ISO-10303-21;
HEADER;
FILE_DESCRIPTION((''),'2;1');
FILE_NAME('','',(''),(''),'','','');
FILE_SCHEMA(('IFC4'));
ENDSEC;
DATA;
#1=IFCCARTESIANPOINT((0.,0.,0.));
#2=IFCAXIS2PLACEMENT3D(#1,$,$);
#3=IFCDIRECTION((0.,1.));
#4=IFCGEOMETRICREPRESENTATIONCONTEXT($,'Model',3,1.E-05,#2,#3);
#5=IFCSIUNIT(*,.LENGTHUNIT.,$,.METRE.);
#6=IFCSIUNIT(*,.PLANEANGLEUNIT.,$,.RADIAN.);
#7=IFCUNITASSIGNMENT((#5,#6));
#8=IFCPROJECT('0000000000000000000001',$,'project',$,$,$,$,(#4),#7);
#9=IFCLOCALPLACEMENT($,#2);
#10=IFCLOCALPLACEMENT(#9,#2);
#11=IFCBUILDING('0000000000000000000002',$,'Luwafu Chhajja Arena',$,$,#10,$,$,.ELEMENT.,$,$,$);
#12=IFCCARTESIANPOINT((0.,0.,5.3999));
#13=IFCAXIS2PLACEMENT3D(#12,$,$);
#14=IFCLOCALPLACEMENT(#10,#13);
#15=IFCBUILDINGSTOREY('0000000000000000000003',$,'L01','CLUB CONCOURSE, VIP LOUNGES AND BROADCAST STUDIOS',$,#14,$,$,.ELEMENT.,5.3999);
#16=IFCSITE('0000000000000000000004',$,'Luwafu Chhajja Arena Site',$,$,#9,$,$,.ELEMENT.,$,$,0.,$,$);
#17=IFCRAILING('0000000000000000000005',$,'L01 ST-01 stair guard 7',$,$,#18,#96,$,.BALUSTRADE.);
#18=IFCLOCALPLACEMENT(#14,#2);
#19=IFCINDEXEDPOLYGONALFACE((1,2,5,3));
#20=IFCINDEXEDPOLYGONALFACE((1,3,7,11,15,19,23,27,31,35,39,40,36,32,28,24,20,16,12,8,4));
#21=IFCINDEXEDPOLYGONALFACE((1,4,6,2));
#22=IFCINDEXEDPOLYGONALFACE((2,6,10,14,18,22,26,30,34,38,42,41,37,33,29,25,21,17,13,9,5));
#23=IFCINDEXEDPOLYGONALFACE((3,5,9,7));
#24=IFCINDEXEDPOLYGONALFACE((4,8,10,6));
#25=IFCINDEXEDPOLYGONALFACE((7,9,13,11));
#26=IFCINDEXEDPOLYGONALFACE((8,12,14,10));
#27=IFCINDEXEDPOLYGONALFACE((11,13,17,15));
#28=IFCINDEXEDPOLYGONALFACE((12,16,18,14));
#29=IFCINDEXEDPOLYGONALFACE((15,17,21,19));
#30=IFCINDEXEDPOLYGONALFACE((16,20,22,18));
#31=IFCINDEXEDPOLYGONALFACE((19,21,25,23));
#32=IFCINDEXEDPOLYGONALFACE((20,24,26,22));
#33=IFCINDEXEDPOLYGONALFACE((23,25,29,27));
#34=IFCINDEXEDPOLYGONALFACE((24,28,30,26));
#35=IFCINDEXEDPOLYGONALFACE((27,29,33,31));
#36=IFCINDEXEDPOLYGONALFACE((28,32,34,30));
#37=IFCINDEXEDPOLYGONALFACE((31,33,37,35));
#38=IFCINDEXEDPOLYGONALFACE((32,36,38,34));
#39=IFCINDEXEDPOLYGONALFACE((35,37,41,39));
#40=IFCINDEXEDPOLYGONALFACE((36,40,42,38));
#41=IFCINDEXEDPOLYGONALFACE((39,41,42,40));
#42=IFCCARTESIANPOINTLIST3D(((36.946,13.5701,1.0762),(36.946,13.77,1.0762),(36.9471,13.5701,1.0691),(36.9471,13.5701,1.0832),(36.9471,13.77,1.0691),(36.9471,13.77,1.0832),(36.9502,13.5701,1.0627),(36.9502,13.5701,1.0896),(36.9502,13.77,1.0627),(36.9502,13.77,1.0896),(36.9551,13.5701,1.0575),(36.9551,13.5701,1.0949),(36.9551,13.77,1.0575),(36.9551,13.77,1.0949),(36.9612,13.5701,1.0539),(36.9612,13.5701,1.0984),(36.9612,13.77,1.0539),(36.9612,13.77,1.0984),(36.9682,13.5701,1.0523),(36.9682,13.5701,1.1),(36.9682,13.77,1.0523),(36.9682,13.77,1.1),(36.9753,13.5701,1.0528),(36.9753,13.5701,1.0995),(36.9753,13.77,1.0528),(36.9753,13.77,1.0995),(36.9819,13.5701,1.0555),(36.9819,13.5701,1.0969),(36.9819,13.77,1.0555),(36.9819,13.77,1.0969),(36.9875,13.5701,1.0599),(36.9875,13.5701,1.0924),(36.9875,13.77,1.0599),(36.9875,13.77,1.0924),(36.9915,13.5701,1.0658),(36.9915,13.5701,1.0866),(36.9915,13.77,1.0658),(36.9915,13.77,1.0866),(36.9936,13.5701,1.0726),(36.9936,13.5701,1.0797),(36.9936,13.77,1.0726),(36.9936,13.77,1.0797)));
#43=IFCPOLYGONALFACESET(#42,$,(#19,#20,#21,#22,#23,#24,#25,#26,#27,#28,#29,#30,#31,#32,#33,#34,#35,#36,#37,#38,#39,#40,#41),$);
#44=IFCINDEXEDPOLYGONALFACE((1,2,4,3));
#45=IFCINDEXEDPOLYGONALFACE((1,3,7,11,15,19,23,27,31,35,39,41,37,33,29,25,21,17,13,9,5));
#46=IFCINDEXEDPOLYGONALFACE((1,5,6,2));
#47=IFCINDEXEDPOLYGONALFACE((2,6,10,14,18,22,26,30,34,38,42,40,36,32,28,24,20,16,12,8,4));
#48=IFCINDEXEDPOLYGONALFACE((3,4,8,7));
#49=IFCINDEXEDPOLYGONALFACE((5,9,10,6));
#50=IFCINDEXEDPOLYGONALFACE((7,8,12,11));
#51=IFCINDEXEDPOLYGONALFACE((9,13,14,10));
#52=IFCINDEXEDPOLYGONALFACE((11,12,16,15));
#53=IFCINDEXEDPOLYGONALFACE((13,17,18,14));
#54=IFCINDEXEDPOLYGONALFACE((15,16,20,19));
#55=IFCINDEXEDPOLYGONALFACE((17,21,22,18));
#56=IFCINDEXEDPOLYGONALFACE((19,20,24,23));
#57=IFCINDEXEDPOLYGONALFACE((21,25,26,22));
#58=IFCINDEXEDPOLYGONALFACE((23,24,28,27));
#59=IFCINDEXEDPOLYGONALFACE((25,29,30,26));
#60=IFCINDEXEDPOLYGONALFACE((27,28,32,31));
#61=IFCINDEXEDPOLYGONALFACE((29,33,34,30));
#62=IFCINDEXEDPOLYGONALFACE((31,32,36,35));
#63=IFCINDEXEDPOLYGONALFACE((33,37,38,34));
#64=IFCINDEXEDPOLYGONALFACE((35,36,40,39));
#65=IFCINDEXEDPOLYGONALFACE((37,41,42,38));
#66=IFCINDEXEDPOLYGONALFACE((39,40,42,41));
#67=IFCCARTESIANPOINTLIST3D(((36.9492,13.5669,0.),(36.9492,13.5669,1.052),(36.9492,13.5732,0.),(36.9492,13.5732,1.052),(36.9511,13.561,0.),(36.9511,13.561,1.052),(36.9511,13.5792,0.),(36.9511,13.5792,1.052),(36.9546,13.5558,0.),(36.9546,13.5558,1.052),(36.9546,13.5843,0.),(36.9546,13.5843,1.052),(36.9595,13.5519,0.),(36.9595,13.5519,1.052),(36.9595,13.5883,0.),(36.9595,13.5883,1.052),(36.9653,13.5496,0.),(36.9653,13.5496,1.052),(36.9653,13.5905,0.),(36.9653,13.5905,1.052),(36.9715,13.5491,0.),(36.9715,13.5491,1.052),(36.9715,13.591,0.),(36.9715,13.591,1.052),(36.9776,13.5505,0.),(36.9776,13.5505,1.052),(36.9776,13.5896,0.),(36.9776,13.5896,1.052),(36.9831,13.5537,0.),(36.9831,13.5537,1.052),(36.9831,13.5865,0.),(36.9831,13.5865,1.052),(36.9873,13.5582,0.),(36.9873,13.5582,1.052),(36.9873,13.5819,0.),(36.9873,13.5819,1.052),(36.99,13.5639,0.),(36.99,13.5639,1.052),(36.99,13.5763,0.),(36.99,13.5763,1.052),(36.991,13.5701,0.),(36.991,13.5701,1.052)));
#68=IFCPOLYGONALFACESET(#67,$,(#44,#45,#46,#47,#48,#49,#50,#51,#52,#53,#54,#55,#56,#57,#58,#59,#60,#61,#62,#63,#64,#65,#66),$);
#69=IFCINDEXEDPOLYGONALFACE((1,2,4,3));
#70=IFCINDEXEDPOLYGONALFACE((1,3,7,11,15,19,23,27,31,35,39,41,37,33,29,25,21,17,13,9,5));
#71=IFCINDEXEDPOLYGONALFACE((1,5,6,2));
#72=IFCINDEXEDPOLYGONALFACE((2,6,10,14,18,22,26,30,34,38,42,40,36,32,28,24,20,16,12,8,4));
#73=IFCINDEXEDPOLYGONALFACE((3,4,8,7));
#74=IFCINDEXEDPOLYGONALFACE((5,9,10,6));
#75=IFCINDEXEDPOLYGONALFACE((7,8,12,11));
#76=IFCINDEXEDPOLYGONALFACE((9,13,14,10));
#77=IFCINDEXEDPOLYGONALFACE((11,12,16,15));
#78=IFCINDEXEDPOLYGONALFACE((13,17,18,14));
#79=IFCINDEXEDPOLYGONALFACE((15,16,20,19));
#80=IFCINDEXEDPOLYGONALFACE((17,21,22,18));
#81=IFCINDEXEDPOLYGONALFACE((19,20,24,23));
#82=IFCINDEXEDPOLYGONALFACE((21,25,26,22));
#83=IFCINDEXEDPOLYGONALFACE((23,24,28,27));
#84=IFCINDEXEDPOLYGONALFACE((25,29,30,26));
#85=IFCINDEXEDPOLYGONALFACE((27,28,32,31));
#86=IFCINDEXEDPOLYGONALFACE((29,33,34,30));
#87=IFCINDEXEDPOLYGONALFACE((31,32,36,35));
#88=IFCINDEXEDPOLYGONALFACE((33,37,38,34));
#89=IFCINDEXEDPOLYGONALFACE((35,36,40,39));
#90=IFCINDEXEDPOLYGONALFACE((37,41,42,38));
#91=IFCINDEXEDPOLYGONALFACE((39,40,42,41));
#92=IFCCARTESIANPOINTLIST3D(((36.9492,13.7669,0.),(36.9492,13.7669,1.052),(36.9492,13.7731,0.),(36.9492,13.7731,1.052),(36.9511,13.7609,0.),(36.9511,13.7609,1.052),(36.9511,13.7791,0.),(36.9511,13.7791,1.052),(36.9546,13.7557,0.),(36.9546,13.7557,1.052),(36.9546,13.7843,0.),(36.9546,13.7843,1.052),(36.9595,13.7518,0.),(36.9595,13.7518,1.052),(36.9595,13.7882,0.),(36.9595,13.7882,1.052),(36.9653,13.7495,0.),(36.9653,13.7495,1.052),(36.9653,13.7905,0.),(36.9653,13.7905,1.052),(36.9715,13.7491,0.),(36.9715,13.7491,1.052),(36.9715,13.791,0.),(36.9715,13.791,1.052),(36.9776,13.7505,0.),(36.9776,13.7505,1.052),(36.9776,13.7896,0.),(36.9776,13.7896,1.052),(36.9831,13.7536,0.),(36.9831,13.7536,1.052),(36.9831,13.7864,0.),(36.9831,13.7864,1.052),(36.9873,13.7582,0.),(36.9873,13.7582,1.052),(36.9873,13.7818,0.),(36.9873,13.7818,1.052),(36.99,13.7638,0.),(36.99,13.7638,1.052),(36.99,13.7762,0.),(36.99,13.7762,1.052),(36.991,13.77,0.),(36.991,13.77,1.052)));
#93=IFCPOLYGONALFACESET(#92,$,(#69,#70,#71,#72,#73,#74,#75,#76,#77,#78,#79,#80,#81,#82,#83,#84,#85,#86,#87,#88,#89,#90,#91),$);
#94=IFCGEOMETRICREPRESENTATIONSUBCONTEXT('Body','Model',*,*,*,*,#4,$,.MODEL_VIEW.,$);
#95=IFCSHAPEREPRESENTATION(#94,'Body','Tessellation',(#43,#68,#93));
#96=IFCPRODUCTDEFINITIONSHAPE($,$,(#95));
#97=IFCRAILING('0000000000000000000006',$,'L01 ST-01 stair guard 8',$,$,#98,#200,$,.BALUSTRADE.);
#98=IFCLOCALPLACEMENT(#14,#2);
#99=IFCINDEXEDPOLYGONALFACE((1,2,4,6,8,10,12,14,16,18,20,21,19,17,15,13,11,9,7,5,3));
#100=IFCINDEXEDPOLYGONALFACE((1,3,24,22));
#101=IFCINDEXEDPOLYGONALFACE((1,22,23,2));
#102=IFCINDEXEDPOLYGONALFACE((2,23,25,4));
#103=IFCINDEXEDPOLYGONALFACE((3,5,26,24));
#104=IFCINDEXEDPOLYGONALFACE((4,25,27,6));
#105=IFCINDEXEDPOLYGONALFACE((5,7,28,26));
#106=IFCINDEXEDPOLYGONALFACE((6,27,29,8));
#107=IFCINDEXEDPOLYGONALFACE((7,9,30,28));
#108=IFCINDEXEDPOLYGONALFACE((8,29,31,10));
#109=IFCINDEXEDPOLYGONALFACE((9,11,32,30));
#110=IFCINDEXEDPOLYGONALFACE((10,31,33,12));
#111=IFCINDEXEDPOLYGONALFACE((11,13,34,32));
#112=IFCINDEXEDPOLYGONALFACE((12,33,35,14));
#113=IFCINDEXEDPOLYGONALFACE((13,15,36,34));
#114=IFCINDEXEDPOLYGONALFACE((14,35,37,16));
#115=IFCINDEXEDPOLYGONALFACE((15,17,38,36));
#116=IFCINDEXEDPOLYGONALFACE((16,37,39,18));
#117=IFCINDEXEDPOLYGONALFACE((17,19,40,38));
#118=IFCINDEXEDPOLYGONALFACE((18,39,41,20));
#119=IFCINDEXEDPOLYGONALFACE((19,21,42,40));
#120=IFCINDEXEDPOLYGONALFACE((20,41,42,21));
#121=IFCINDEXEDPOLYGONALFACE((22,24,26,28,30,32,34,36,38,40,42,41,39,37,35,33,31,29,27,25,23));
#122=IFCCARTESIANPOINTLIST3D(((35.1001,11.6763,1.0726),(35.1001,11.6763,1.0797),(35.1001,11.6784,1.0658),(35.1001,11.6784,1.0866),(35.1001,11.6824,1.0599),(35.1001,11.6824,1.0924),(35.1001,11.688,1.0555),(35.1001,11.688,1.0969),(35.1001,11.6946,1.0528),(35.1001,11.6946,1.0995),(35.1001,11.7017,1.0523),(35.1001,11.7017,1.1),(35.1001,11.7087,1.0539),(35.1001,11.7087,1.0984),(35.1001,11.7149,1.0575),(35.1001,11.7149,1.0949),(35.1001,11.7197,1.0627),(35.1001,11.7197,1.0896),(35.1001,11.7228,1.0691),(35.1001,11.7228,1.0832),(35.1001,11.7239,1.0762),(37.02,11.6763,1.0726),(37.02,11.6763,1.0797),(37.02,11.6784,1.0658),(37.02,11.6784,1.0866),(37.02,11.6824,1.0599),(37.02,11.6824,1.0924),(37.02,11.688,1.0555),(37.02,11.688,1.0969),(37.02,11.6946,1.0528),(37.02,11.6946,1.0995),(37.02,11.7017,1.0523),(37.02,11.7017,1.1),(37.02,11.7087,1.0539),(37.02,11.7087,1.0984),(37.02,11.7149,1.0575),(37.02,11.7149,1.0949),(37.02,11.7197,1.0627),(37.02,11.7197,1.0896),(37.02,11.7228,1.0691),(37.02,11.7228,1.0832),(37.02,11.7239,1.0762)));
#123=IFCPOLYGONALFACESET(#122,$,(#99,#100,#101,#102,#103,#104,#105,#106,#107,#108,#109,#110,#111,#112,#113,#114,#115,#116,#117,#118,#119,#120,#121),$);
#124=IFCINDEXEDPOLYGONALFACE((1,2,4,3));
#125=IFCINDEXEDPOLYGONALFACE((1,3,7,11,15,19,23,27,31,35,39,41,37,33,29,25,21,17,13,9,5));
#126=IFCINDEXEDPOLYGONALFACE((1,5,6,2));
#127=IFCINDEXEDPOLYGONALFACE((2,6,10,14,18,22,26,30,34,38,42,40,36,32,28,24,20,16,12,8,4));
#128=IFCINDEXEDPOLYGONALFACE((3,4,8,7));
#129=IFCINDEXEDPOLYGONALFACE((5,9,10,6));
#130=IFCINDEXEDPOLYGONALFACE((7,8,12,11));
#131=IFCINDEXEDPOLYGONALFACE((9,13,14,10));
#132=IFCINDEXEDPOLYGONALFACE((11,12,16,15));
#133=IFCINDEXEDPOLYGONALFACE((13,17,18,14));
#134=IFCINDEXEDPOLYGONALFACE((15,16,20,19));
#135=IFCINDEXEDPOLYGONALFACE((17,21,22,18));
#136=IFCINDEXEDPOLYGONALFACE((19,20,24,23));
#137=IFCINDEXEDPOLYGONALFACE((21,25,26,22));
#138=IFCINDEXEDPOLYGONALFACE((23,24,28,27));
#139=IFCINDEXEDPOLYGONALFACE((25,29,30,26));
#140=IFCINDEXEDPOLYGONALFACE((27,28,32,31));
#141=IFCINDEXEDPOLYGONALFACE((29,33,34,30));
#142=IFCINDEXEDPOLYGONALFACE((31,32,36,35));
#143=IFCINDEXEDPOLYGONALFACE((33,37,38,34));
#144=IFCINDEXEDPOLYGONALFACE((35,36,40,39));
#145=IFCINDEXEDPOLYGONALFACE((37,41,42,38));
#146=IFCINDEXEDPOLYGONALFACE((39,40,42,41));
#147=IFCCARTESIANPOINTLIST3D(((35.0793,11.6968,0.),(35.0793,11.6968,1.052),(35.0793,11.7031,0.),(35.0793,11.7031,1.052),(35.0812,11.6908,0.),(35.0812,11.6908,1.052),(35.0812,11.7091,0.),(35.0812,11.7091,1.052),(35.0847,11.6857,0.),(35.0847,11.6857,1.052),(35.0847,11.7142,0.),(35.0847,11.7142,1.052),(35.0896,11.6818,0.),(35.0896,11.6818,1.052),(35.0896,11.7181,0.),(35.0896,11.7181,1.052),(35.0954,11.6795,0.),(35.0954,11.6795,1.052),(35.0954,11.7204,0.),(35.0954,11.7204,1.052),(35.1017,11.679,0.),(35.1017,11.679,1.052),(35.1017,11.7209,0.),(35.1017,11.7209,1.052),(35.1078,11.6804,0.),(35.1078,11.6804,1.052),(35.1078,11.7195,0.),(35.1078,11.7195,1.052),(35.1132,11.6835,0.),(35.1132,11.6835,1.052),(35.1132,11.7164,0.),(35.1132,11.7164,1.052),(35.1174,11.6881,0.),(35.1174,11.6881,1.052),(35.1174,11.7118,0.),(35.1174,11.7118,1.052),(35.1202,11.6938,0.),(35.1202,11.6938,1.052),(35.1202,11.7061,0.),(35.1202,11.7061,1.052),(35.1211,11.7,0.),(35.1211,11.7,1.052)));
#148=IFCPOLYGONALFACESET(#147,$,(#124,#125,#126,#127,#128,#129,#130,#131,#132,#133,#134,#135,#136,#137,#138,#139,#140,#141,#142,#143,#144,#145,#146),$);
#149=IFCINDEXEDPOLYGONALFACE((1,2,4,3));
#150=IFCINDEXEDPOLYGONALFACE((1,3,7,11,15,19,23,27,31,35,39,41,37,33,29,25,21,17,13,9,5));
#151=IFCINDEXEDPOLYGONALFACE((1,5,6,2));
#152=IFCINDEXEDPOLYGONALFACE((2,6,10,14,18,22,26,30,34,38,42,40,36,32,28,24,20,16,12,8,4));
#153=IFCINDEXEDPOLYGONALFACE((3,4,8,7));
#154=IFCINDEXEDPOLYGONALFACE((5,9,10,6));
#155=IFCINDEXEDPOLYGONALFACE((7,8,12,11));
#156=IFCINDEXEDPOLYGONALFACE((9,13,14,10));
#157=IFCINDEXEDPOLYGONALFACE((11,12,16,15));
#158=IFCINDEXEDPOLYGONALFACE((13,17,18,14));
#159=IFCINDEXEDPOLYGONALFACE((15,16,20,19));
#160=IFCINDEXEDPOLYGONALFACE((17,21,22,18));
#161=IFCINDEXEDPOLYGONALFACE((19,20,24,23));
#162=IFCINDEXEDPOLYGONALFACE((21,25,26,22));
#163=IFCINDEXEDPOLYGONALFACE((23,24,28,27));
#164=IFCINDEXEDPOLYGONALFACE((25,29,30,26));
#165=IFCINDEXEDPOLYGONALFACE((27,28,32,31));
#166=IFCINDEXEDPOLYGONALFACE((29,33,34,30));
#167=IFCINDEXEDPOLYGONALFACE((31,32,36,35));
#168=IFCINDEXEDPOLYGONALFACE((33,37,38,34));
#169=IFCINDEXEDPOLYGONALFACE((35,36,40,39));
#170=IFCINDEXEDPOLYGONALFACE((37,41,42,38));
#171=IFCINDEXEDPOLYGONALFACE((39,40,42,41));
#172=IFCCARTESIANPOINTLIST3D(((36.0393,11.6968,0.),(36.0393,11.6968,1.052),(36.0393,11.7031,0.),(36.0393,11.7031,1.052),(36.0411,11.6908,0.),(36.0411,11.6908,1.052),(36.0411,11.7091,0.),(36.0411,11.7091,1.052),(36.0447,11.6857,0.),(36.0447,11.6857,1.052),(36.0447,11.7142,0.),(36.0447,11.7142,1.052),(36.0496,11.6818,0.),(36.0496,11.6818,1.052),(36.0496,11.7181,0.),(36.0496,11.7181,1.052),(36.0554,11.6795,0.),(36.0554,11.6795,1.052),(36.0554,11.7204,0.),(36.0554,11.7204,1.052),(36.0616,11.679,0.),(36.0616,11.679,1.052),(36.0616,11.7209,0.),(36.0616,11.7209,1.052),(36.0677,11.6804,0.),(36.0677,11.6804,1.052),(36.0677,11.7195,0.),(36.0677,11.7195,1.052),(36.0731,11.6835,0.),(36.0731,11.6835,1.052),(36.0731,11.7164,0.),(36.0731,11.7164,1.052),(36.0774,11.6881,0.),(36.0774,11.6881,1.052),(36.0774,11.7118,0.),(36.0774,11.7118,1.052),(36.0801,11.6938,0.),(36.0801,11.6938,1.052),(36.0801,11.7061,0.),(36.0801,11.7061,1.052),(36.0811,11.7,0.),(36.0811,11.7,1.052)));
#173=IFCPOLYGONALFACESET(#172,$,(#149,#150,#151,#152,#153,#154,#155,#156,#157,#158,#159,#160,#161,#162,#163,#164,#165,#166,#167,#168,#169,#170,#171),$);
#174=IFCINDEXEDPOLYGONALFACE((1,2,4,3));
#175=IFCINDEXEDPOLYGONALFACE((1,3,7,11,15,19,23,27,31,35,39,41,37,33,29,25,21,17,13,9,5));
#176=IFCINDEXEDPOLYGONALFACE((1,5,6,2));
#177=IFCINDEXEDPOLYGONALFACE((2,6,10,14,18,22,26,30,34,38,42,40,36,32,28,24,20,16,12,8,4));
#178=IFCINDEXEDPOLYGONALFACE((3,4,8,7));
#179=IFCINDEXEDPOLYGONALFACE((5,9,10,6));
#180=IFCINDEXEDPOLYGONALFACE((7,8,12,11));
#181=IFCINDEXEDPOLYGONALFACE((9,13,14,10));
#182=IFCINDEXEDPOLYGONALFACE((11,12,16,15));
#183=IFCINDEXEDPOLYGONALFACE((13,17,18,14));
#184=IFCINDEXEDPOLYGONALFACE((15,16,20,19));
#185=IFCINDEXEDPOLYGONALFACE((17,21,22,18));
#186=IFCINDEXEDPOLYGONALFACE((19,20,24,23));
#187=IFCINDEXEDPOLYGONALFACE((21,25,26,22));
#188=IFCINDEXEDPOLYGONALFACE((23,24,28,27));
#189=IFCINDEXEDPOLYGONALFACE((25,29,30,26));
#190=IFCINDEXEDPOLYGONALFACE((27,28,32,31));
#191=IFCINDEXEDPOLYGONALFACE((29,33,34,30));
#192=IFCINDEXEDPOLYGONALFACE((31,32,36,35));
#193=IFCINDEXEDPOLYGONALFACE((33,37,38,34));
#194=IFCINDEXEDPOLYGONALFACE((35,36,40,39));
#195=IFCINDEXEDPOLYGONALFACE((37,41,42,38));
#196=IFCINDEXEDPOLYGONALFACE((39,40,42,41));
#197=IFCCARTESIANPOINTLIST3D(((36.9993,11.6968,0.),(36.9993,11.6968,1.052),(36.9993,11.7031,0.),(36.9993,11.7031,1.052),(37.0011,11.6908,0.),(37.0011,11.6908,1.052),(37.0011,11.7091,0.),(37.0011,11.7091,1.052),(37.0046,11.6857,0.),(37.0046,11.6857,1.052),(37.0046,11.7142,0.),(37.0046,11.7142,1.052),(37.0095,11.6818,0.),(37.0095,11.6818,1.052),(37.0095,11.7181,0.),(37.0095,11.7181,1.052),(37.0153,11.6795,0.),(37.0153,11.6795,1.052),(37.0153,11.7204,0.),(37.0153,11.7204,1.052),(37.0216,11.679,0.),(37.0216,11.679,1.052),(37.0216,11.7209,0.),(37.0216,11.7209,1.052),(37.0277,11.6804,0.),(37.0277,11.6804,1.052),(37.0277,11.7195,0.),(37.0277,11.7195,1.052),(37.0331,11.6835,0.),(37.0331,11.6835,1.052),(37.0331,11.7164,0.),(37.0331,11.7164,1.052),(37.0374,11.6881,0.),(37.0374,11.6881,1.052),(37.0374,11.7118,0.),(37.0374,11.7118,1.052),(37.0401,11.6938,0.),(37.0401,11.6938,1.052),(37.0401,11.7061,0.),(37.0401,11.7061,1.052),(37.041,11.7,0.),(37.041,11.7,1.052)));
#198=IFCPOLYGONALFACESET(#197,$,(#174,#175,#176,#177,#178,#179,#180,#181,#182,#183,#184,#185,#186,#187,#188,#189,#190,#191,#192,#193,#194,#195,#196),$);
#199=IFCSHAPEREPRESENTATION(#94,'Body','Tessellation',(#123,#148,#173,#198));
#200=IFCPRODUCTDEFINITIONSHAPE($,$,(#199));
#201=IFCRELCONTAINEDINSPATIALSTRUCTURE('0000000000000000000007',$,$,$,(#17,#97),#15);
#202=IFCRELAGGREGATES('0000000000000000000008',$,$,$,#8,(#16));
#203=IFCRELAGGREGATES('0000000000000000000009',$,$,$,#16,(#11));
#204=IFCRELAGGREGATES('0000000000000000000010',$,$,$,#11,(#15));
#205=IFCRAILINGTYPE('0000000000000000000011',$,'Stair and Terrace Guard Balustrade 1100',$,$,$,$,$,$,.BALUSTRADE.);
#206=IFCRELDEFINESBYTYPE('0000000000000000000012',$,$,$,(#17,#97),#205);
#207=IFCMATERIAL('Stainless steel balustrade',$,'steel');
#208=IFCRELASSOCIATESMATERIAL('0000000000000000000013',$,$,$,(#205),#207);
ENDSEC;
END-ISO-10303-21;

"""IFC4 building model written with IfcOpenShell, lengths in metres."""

from ifc_helpers import new_model, si_unit, direction, frame, origin, origin_2d, place, context, subcontext, project, spatial, circle, extrude, material, type_object, element, save


model = new_model("IFC4")

# Units and contexts
model_context = context("Model", 3, precision=1e-05, world=origin(), true_north=direction((0.0, 1.0)))
body_context = subcontext(model_context, "Body", "Model", "MODEL_VIEW")
ifc_project = project(units=[si_unit("LENGTHUNIT", "METRE"), si_unit("PLANEANGLEUNIT", "RADIAN")], contexts=[model_context])

# Site, building, storey
site_placement = place(None, origin())
site = spatial("IfcSite", under=ifc_project, at=site_placement, Name="Luwafu Chhajja Arena Site", CompositionType="ELEMENT", RefElevation=0.0)
building_placement = place(site_placement, origin())
building = spatial("IfcBuilding", under=site, at=building_placement, Name="Luwafu Chhajja Arena", CompositionType="ELEMENT")
storey_placement = place(building_placement, frame((0.0, 0.0, 5.3999)))
storey = spatial("IfcBuildingStorey", under=building, at=storey_placement, Name="L01", Description="CLUB CONCOURSE, VIP LOUNGES AND BROADCAST STUDIOS", CompositionType="ELEMENT", Elevation=5.3999)

# Railings
ifc_material_1 = material(Name="Stainless steel balustrade", Category="steel")
railing_type_1 = type_object("IfcRailingType", Name="Stair and Terrace Guard Balustrade 1100", PredefinedType="BALUSTRADE", material=ifc_material_1)
railing_1_placement = place(storey_placement, frame((36.97, 13.5701, 0.0)))
element("IfcRailing", 1, at=railing_1_placement, inside=storey, type_object=railing_type_1, Name="L01 ST-01 stair guard 7", PredefinedType="BALUSTRADE", context=body_context, shape_type="SweptSolid", body=[
    extrude(circle(Radius=0.0239, at=origin_2d()), frame((0.0, 0.0, 1.0762), z_axis=(0.0, 1.0, 0.0), x_axis=(-1.0, 0.0, 0.0)), (0.0, 0.0, 1.0), 0.2),
    extrude(circle(Radius=0.021, at=origin_2d()), origin(), (0.0, 0.0, 1.0), 1.052),
    extrude(circle(Radius=0.021, at=origin_2d()), frame((0.0, 0.2, 0.0)), (0.0, 0.0, 1.0), 1.052),
])
railing_2_placement = place(storey_placement, frame((35.1001, 11.7, 0.0)))
element("IfcRailing", 2, at=railing_2_placement, inside=storey, type_object=railing_type_1, Name="L01 ST-01 stair guard 8", PredefinedType="BALUSTRADE", context=body_context, shape_type="SweptSolid", body=[
    extrude(circle(Radius=0.0239, at=origin_2d()), frame((0.0, 0.0, 1.0762), z_axis=(1.0, 0.0, 0.0), x_axis=(0.0, 1.0, 0.0)), (0.0, 0.0, 1.0), 1.9199),
    extrude(circle(Radius=0.021, at=origin_2d()), origin(), (0.0, 0.0, 1.0), 1.052),
    extrude(circle(Radius=0.021, at=origin_2d()), frame((0.96, 0.0, 0.0)), (0.0, 0.0, 1.0), 1.052),
    extrude(circle(Radius=0.021, at=origin_2d()), frame((1.9199, 0.0, 0.0)), (0.0, 0.0, 1.0), 1.052),
])

save(model, "model.ifc")
